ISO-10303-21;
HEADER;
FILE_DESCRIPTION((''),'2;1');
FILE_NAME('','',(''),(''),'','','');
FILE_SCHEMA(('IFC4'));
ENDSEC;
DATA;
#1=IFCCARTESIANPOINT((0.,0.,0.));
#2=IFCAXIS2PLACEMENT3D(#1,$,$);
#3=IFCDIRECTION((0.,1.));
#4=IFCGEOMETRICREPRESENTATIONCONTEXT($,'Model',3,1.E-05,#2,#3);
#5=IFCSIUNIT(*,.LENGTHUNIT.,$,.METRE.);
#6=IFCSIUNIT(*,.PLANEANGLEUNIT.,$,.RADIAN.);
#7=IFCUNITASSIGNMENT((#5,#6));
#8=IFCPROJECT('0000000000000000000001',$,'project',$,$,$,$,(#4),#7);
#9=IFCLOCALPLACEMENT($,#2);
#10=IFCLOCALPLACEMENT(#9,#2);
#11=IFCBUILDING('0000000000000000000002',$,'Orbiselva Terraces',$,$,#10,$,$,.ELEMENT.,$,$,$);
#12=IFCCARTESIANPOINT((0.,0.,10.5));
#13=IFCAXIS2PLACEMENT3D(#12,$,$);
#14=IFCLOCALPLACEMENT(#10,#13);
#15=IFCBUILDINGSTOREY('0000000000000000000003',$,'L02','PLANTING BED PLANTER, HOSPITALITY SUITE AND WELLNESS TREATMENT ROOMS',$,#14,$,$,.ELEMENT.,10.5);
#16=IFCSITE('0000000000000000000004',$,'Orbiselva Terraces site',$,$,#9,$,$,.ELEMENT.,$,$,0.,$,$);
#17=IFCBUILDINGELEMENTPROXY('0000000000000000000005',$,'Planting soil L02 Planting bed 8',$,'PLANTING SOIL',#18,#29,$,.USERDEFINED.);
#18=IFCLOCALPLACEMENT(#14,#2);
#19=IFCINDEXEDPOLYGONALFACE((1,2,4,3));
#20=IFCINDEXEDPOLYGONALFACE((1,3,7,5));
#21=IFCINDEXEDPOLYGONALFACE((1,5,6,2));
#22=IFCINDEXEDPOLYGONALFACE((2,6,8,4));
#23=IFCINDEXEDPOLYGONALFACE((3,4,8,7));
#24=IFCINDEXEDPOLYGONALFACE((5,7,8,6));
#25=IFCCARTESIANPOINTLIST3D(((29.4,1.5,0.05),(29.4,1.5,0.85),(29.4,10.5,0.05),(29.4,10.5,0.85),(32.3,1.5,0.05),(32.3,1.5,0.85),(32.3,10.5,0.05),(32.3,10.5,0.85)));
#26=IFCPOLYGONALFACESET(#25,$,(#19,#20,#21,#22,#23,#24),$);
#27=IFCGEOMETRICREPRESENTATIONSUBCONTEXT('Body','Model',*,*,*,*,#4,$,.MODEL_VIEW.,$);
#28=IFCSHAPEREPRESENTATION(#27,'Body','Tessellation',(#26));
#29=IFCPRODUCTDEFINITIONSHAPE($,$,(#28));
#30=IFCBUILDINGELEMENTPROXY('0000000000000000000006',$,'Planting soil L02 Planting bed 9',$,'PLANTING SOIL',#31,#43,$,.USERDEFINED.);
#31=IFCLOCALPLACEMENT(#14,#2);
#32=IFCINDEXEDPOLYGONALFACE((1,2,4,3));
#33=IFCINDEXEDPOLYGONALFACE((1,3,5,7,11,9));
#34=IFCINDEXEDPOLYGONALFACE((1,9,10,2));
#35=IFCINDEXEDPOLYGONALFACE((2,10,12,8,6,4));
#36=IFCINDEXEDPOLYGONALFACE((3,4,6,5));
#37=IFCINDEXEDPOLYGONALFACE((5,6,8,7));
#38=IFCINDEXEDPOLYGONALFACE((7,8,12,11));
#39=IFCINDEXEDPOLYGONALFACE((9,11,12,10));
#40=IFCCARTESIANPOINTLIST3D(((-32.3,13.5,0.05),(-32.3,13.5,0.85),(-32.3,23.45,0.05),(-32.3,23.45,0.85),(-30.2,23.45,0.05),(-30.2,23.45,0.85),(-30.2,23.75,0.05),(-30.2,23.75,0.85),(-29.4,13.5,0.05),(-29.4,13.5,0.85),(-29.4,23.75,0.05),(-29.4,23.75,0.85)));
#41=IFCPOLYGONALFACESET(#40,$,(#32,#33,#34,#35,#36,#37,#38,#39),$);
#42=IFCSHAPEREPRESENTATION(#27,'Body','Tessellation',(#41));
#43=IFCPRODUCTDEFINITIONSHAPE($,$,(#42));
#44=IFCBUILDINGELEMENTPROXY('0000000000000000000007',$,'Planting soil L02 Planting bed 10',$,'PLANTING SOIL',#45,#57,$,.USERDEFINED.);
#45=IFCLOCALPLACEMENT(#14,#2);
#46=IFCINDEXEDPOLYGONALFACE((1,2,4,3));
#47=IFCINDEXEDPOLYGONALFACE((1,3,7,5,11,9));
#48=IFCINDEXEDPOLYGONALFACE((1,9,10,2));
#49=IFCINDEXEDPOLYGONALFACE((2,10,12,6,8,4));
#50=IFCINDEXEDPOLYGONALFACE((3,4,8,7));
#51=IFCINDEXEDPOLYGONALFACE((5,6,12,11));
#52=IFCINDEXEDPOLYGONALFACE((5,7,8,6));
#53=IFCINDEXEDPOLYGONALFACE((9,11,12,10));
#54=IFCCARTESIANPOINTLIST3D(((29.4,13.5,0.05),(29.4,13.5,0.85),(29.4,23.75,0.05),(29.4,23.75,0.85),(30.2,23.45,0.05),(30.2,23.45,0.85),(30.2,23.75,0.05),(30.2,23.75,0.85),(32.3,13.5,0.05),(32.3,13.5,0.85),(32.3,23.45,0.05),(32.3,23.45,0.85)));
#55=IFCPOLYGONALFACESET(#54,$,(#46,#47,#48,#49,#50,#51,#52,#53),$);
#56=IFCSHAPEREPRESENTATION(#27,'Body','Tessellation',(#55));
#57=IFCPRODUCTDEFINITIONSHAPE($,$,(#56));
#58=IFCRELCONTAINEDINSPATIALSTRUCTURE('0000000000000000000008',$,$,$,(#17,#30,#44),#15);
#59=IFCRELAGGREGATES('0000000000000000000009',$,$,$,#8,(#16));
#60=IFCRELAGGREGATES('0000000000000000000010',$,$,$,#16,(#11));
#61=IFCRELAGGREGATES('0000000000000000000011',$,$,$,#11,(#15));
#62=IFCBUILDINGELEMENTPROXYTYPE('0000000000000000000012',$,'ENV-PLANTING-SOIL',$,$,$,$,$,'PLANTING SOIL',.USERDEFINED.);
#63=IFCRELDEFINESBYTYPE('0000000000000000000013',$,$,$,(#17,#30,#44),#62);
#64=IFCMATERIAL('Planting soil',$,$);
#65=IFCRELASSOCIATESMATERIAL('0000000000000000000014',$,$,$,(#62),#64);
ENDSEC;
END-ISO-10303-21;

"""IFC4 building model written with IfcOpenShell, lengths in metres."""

from ifc_helpers import new_model, si_unit, direction, frame, origin, place, context, subcontext, project, spatial, polyline, outline, extrude, material, type_object, element, save


model = new_model("IFC4")

# Units and contexts
model_context = context("Model", 3, precision=1e-05, world=origin(), true_north=direction((0.0, 1.0)))
body_context = subcontext(model_context, "Body", "Model", "MODEL_VIEW")
ifc_project = project(units=[si_unit("LENGTHUNIT", "METRE"), si_unit("PLANEANGLEUNIT", "RADIAN")], contexts=[model_context])

# Site, building, storey
site_placement = place(None, origin())
site = spatial("IfcSite", under=ifc_project, at=site_placement, Name="Orbiselva Terraces site", CompositionType="ELEMENT", RefElevation=0.0)
building_placement = place(site_placement, origin())
building = spatial("IfcBuilding", under=site, at=building_placement, Name="Orbiselva Terraces", CompositionType="ELEMENT")
storey_placement = place(building_placement, frame((0.0, 0.0, 10.5)))
storey = spatial("IfcBuildingStorey", under=building, at=storey_placement, Name="L02", Description="PLANTING BED PLANTER, HOSPITALITY SUITE AND WELLNESS TREATMENT ROOMS", CompositionType="ELEMENT", Elevation=10.5)

# Building element proxies
ifc_material_1 = material(Name="Planting soil")
building_element_proxy_type = type_object("IfcBuildingElementProxyType", Name="ENV-PLANTING-SOIL", ElementType="PLANTING SOIL", PredefinedType="USERDEFINED", material=ifc_material_1)
proxy_1_placement = place(storey_placement, frame((0.0, 0.0, 0.05)))
element("IfcBuildingElementProxy", 1, at=proxy_1_placement, inside=storey, type_object=building_element_proxy_type, Name="Planting soil L02 Planting bed 8", ObjectType="PLANTING SOIL", PredefinedType="USERDEFINED", context=body_context, shape_type="SweptSolid", body=[
    extrude(outline(polyline([(29.4, 1.5), (29.4, 10.5), (32.3, 10.5), (32.3, 1.5), (29.4, 1.5)])), origin(), (0.0, 0.0, 1.0), 0.8),
])
proxy_2_placement = place(storey_placement, frame((0.0, 0.0, 0.05)))
element("IfcBuildingElementProxy", 2, at=proxy_2_placement, inside=storey, type_object=building_element_proxy_type, Name="Planting soil L02 Planting bed 9", ObjectType="PLANTING SOIL", PredefinedType="USERDEFINED", context=body_context, shape_type="SweptSolid", body=[
    extrude(outline(polyline([(-29.4, 23.75), (-29.4, 13.5), (-32.3, 13.5), (-32.3, 23.45), (-30.2, 23.45), (-30.2, 23.75), (-29.4, 23.75)])), origin(), (0.0, 0.0, 1.0), 0.8),
])
proxy_3_placement = place(storey_placement, frame((0.0, 0.0, 0.05)))
element("IfcBuildingElementProxy", 3, at=proxy_3_placement, inside=storey, type_object=building_element_proxy_type, Name="Planting soil L02 Planting bed 10", ObjectType="PLANTING SOIL", PredefinedType="USERDEFINED", context=body_context, shape_type="SweptSolid", body=[
    extrude(outline(polyline([(32.3, 13.5), (29.4, 13.5), (29.4, 23.75), (30.2, 23.75), (30.2, 23.45), (32.3, 23.45), (32.3, 13.5)])), origin(), (0.0, 0.0, 1.0), 0.8),
])

save(model, "model.ifc")
